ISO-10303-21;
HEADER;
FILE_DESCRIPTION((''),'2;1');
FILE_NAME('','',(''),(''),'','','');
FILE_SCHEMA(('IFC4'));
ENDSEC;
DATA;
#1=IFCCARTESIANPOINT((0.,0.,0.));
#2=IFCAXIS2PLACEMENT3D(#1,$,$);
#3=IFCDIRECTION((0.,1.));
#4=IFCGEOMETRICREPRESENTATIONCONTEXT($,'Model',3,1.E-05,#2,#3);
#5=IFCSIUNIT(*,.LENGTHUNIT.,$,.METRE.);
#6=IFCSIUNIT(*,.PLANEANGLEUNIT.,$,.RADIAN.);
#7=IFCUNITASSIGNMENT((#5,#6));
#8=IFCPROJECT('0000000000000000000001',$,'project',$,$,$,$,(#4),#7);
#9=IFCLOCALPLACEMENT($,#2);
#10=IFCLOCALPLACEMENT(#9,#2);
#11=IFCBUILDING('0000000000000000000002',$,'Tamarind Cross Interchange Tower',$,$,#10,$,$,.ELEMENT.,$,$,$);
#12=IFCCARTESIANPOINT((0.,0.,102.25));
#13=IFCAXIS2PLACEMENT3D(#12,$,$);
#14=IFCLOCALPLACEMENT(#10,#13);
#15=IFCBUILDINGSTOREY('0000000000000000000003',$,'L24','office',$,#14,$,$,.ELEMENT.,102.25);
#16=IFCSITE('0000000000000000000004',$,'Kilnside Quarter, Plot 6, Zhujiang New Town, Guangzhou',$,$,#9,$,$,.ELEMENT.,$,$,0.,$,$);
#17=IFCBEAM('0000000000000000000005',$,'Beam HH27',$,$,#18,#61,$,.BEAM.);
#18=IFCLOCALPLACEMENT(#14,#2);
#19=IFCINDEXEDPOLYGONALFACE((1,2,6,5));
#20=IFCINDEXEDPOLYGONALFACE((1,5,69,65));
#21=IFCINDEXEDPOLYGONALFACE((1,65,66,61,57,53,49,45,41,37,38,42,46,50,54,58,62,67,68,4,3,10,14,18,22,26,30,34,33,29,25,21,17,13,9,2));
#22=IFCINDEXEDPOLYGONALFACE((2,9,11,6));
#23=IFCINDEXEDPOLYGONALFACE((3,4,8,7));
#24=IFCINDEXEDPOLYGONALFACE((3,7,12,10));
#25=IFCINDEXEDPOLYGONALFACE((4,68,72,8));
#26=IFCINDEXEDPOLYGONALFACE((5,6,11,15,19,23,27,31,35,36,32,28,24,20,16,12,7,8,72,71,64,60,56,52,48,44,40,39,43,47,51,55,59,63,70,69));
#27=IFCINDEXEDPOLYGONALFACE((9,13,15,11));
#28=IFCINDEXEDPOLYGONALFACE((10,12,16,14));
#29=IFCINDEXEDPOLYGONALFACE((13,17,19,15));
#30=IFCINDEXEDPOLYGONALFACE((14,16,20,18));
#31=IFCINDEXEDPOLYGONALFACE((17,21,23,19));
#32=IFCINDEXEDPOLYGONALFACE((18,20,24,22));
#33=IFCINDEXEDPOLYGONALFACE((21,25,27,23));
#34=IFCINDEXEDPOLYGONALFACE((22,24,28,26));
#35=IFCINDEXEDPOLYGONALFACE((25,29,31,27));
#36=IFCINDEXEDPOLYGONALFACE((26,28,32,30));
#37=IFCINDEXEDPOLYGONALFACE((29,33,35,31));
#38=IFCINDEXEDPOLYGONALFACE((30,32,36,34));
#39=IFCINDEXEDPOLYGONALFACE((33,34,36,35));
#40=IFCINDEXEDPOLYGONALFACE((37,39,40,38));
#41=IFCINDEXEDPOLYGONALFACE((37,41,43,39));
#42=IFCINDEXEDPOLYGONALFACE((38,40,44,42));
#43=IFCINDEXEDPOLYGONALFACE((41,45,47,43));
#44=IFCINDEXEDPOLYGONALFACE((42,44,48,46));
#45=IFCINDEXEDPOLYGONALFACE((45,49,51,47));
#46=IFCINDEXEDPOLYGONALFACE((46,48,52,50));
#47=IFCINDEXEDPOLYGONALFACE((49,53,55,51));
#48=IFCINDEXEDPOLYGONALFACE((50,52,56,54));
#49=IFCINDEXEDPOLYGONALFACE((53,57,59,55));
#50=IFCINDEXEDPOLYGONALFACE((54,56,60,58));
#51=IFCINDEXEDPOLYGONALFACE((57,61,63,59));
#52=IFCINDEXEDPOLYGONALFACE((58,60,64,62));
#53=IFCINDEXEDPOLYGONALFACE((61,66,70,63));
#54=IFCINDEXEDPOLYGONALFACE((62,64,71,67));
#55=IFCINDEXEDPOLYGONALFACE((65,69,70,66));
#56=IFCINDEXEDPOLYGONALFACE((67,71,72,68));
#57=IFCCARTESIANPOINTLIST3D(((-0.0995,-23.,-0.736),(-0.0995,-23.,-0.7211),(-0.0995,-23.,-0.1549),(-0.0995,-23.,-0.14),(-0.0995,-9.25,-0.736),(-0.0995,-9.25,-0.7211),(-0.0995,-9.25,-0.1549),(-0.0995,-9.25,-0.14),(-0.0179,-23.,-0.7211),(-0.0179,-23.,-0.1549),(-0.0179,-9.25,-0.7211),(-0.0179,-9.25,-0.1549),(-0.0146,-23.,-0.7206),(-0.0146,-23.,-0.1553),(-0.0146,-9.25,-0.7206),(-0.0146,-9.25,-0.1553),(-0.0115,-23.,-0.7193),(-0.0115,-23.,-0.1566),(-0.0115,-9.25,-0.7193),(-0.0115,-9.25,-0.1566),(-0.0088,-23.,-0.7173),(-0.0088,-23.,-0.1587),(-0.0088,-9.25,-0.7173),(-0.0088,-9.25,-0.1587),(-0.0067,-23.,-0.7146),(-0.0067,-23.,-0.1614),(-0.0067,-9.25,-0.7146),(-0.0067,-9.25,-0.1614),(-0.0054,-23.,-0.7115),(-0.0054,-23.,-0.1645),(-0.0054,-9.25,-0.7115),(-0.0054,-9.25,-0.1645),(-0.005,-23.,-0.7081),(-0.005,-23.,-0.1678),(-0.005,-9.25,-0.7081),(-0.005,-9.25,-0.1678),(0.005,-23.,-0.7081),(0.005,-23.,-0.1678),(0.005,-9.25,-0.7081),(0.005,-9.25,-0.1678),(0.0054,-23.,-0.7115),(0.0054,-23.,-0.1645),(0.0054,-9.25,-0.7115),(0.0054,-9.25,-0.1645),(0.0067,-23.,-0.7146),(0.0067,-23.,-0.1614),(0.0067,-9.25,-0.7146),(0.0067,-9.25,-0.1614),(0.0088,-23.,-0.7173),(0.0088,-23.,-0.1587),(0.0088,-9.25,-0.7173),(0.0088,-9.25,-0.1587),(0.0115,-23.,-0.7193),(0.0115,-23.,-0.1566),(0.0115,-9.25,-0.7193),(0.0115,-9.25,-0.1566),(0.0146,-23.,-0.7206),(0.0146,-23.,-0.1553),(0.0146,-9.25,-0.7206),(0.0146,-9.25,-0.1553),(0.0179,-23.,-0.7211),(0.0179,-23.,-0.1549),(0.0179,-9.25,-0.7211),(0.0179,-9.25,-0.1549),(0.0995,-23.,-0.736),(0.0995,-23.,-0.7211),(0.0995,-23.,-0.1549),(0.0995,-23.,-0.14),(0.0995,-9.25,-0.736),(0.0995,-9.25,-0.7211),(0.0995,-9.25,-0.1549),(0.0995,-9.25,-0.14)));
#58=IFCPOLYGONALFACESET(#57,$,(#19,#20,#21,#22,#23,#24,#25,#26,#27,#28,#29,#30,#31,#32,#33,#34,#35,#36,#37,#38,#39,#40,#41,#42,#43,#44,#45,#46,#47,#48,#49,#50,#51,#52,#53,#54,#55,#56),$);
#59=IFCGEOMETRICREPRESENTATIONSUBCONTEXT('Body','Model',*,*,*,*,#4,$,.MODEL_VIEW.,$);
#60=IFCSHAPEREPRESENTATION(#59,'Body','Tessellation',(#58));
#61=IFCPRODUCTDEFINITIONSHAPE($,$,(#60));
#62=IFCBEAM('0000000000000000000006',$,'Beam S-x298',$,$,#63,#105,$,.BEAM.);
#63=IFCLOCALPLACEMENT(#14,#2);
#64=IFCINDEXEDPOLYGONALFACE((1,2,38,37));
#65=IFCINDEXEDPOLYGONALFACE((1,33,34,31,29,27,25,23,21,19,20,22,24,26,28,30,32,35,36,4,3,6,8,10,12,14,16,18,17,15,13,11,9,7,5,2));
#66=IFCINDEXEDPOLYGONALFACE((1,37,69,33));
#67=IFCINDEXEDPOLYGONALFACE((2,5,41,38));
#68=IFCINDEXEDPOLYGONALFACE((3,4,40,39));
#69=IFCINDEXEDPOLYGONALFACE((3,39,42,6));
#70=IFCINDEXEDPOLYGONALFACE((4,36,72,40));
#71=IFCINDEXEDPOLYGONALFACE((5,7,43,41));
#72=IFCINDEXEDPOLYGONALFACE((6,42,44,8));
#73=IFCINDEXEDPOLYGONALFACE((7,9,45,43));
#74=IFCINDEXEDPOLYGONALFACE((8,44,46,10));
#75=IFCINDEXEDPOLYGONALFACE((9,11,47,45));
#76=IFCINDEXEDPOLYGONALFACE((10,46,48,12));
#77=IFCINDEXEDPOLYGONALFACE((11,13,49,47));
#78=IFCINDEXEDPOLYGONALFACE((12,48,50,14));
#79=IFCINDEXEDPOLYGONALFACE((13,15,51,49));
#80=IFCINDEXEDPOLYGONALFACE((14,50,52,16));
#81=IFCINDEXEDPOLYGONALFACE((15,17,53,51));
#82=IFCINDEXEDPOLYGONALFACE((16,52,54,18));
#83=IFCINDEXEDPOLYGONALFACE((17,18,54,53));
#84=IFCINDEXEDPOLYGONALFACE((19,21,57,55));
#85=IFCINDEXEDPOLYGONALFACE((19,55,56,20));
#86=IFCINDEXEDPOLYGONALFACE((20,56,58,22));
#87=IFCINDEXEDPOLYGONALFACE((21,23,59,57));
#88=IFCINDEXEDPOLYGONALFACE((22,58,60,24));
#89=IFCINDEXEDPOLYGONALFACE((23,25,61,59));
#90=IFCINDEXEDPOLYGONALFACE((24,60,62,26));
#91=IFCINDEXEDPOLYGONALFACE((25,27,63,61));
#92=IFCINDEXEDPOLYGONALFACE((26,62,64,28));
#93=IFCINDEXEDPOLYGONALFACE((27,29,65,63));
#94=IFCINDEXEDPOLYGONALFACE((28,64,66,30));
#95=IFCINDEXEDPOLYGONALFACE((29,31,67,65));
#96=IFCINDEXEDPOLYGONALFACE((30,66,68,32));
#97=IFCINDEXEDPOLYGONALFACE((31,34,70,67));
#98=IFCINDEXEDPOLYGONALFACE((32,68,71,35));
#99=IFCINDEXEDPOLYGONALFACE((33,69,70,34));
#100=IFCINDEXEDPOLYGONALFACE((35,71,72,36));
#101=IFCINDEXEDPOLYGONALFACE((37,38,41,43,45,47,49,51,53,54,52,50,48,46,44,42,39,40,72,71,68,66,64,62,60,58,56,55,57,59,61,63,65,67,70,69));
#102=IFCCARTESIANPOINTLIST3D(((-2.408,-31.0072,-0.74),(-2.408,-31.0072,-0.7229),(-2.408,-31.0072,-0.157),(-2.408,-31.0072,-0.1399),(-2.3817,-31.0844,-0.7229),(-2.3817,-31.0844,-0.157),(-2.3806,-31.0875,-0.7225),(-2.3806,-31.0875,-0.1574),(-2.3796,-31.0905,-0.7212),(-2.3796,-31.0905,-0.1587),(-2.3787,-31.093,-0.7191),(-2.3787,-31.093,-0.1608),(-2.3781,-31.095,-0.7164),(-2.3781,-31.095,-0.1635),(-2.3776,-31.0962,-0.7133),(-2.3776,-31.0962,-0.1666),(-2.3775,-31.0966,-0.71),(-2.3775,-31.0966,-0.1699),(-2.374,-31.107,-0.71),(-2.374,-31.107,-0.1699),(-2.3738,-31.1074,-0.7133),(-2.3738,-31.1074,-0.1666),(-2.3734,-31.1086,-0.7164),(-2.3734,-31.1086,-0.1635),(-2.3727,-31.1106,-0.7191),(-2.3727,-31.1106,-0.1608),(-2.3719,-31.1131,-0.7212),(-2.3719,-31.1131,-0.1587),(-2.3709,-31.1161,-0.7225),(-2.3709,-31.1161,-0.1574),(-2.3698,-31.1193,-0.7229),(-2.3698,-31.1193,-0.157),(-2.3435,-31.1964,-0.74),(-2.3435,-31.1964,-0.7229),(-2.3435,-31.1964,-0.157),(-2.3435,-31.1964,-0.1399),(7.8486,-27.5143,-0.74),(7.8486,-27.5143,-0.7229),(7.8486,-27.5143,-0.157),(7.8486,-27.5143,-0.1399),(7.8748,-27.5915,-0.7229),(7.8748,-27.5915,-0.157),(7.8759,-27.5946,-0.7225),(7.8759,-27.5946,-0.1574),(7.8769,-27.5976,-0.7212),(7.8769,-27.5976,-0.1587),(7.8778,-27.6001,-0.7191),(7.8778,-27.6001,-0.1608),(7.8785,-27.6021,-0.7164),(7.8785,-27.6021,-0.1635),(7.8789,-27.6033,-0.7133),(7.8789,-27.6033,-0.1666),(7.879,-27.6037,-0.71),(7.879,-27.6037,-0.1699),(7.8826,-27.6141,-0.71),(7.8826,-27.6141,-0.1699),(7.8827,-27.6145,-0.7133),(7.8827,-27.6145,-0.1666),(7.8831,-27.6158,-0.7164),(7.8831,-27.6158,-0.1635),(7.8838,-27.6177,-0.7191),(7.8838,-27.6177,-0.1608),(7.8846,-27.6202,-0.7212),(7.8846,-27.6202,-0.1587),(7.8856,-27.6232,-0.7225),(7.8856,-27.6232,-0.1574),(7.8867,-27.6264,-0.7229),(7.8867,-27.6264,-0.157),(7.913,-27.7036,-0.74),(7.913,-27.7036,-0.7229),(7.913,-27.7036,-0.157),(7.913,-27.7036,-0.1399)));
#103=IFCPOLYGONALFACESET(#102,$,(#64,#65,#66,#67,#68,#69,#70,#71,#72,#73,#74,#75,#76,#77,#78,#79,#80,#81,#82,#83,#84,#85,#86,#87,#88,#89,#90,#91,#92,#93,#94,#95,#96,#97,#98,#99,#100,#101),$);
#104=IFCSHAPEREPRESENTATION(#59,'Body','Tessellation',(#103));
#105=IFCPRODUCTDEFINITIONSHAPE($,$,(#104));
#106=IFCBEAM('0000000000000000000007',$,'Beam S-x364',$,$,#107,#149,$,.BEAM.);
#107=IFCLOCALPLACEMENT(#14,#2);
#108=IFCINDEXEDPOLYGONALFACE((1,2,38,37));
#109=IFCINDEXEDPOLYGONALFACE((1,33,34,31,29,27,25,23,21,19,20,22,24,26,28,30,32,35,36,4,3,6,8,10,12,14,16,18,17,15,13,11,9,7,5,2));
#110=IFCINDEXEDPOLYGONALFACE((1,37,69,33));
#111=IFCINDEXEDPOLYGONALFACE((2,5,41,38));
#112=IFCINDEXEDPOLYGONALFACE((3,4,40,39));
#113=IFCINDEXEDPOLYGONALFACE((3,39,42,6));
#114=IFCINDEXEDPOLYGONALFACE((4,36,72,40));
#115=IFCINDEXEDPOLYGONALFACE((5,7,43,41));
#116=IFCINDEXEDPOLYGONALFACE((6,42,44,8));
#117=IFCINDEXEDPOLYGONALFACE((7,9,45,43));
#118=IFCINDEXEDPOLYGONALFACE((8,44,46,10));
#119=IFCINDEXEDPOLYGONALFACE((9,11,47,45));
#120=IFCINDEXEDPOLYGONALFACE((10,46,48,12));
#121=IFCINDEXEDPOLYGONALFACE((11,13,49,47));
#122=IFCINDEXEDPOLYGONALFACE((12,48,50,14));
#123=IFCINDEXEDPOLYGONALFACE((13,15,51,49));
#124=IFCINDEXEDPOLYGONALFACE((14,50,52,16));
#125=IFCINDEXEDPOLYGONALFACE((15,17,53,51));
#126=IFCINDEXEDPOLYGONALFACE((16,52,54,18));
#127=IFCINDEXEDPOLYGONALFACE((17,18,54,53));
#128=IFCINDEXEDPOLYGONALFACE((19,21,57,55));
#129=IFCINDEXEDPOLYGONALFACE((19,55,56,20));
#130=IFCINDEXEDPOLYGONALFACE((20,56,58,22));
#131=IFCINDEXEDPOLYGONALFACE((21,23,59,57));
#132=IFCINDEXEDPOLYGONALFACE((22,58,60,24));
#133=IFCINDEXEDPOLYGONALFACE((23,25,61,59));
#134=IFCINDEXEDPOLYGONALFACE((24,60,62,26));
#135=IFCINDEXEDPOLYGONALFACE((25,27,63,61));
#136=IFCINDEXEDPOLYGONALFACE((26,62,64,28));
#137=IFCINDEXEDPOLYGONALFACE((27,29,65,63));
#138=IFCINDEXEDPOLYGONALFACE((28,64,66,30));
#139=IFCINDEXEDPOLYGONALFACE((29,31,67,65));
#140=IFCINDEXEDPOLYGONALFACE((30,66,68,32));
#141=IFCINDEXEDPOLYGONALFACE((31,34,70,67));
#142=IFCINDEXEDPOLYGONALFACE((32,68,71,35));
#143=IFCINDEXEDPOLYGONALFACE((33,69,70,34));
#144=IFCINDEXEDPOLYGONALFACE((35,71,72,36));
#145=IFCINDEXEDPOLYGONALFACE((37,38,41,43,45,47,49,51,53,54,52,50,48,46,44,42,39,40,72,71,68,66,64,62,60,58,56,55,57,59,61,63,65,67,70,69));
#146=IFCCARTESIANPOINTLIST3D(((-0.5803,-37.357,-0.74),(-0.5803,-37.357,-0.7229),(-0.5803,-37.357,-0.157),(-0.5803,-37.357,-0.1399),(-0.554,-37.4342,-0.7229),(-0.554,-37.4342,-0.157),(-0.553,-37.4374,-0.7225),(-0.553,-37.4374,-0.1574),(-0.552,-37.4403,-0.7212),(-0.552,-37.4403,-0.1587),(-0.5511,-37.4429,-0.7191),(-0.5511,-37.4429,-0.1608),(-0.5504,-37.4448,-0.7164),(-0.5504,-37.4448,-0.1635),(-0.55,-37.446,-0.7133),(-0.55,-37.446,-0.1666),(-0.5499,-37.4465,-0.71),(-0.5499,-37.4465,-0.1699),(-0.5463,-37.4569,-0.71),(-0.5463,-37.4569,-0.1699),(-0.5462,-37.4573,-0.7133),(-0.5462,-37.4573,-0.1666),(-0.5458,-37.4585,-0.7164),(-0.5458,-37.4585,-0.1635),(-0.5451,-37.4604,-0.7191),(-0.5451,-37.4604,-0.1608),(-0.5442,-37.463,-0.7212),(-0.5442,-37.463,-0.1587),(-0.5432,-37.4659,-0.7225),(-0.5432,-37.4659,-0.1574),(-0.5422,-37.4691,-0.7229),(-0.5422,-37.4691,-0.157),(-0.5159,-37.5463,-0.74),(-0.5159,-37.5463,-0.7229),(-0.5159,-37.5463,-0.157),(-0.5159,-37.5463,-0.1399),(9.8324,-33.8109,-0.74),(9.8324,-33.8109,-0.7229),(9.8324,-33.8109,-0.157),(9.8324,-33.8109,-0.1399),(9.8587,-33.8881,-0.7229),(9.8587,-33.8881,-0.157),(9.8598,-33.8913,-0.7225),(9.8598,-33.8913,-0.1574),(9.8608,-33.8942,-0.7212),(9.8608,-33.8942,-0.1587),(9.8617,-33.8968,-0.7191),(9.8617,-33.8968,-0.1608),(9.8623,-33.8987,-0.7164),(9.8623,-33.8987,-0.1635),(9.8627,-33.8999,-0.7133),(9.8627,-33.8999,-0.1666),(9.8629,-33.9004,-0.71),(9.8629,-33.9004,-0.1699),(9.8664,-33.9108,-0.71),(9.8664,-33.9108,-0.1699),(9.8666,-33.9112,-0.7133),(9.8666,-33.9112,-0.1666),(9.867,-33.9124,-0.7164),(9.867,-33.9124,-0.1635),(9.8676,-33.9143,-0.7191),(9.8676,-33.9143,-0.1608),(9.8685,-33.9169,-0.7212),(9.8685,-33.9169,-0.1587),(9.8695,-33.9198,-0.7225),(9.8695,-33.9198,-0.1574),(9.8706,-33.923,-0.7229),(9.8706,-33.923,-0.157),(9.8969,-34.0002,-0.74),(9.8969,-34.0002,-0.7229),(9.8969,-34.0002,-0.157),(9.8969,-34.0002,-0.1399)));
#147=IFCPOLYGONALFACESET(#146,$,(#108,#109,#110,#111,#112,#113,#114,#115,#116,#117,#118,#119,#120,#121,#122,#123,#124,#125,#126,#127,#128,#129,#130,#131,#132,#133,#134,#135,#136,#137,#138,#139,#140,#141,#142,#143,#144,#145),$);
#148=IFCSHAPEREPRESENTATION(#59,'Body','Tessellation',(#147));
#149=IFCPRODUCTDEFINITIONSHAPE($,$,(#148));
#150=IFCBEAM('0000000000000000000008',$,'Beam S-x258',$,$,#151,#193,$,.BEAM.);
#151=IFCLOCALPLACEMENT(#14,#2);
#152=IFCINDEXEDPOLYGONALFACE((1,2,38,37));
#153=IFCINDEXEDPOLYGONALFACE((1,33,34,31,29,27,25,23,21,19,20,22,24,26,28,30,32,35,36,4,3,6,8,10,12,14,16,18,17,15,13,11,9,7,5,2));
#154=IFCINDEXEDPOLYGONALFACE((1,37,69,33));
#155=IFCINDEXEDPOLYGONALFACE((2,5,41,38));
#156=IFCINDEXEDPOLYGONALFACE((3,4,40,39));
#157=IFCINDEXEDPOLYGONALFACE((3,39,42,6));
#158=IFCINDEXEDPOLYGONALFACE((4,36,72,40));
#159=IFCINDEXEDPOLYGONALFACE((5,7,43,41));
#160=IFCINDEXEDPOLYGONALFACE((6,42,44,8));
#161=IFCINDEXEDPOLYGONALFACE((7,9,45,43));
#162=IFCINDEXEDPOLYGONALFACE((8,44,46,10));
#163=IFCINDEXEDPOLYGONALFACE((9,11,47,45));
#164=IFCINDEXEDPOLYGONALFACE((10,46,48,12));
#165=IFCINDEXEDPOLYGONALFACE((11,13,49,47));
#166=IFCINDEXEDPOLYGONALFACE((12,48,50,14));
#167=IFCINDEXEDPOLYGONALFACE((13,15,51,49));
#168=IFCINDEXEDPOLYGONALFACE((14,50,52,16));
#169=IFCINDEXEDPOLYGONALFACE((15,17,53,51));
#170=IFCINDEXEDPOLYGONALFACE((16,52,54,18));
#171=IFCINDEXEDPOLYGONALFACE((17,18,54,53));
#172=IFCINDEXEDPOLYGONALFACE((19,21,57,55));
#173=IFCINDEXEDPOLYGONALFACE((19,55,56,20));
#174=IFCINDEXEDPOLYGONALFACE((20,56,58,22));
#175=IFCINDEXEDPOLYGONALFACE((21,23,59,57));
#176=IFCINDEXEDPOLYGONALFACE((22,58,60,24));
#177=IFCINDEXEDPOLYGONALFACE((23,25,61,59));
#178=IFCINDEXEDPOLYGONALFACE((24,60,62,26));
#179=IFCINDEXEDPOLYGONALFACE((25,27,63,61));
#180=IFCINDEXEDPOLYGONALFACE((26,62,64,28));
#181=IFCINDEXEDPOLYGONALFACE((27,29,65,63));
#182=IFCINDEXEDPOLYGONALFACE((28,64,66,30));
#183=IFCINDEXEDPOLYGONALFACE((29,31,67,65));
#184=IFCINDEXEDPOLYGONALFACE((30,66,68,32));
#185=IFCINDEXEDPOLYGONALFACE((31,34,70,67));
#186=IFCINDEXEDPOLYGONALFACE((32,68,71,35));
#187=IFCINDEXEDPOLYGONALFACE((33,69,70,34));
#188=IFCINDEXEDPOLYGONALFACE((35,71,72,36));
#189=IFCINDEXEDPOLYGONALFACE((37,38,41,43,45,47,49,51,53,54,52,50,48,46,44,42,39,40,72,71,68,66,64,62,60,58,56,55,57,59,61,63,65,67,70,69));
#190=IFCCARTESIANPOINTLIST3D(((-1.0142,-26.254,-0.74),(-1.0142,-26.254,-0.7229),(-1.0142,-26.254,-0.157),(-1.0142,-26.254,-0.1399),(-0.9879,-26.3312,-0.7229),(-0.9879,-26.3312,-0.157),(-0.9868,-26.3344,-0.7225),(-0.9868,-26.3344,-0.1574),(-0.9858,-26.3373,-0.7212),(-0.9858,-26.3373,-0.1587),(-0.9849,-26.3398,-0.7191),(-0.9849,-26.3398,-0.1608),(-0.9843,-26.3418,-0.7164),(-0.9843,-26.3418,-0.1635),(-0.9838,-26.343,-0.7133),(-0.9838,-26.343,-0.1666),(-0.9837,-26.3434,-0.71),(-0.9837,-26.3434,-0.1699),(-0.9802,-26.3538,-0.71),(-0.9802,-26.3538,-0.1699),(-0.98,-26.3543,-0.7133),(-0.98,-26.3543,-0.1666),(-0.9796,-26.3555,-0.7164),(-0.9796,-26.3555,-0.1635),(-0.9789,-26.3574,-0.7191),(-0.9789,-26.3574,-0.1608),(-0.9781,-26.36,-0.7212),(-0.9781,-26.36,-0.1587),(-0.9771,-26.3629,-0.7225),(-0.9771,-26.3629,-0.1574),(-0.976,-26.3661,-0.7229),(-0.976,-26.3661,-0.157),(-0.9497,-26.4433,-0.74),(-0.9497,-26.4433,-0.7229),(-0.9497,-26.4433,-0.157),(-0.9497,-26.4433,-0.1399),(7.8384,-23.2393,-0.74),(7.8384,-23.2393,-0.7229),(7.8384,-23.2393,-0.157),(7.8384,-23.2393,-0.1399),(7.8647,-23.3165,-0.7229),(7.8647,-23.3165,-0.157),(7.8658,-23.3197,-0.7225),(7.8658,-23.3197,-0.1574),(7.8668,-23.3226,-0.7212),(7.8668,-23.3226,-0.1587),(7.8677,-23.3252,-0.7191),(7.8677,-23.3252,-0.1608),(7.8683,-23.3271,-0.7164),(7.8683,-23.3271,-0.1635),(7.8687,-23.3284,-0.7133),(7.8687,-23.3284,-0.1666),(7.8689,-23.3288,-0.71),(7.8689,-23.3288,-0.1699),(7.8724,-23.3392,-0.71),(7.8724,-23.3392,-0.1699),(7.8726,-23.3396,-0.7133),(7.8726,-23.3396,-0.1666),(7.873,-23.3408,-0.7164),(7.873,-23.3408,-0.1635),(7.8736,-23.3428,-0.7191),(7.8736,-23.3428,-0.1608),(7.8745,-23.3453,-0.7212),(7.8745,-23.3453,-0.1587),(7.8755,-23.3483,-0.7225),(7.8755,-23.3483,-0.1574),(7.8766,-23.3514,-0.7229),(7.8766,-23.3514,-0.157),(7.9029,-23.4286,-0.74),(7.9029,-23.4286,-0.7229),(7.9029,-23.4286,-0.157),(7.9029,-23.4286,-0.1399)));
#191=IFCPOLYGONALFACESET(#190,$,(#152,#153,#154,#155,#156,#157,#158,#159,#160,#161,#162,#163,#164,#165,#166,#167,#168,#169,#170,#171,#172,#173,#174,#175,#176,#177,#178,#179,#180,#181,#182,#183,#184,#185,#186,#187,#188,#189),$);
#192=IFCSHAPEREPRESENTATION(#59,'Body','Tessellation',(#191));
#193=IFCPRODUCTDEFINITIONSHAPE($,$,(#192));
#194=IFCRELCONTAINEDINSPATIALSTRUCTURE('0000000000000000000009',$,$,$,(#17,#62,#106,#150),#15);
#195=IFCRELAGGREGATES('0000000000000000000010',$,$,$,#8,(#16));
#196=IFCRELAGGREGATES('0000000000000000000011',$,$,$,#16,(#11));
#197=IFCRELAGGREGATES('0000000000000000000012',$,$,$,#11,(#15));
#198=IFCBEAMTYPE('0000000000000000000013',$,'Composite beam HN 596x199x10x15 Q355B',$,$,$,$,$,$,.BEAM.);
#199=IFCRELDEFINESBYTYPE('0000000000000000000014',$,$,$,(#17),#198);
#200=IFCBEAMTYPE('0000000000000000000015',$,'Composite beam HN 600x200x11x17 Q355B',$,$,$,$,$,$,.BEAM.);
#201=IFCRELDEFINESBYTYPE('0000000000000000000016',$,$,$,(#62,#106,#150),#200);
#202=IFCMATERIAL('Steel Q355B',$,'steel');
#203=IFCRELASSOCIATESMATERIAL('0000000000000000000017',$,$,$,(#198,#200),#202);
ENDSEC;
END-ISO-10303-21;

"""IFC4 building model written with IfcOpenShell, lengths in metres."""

from ifc_helpers import new_model, si_unit, direction, frame, origin, origin_2d, place, context, subcontext, project, spatial, i_section, extrude, material, material_profile, profile_set, type_object, element, save


model = new_model("IFC4")

# Units and contexts
model_context = context("Model", 3, precision=1e-05, world=origin(), true_north=direction((0.0, 1.0)))
body_context = subcontext(model_context, "Body", "Model", "MODEL_VIEW")
ifc_project = project(units=[si_unit("LENGTHUNIT", "METRE"), si_unit("PLANEANGLEUNIT", "RADIAN")], contexts=[model_context])

# Site, building, storey
site_placement = place(None, origin())
site = spatial("IfcSite", under=ifc_project, at=site_placement, Name="Kilnside Quarter, Plot 6, Zhujiang New Town, Guangzhou", CompositionType="ELEMENT", RefElevation=0.0)
building_placement = place(site_placement, origin())
building = spatial("IfcBuilding", under=site, at=building_placement, Name="Tamarind Cross Interchange Tower", CompositionType="ELEMENT")
storey_placement = place(building_placement, frame((0.0, 0.0, 102.25)))
storey = spatial("IfcBuildingStorey", under=building, at=storey_placement, Name="L24", Description="office", CompositionType="ELEMENT", Elevation=102.25)

# Beams
ifc_material_1 = material(Name="Steel Q355B", Category="steel")
ifc_material_profile_1 = material_profile(ifc_material_1, i_section(OverallWidth=0.199, OverallDepth=0.5959, WebThickness=0.01, FlangeThickness=0.0149, FilletRadius=0.0129, at=origin_2d()), Name="HN 596x199x10x15")
ifc_profile_set_1 = profile_set([ifc_material_profile_1], Name="Steel Q355B")
beam_type_1 = type_object("IfcBeamType", Name="Composite beam HN 596x199x10x15 Q355B", PredefinedType="BEAM", material=ifc_profile_set_1)
beam_1_placement = place(storey_placement, frame((0.0, -23.0, -0.438), z_axis=(0.0, 1.0, 0.0), x_axis=(-1.0, 0.0, 0.0)))
element("IfcBeam", 1, at=beam_1_placement, inside=storey, type_object=beam_type_1, Name="Beam HH27", PredefinedType="BEAM", context=body_context, shape_type="SweptSolid", body=[
    extrude(i_section(OverallWidth=0.199, OverallDepth=0.5959, WebThickness=0.01, FlangeThickness=0.0149, FilletRadius=0.0129, at=origin_2d()), origin(), (0.0, 0.0, 1.0), 13.75),
])
ifc_material_profile_2 = material_profile(ifc_material_1, i_section(OverallWidth=0.2, OverallDepth=0.6001, WebThickness=0.011, FlangeThickness=0.0171, FilletRadius=0.0129, at=origin_2d()), Name="HN 600x200x11x17")
ifc_profile_set_2 = profile_set([ifc_material_profile_2], Name="Steel Q355B")
beam_type_2 = type_object("IfcBeamType", Name="Composite beam HN 600x200x11x17 Q355B", PredefinedType="BEAM", material=ifc_profile_set_2)
beam_2_placement = place(storey_placement, frame((-2.3757, -31.1018, -0.4399), z_axis=(0.946613, 0.322372, 0.0), x_axis=(-0.322372, 0.946613, 0.0)))
element("IfcBeam", 2, at=beam_2_placement, inside=storey, type_object=beam_type_2, Name="Beam S-x298", PredefinedType="BEAM", context=body_context, shape_type="SweptSolid", body=[
    extrude(i_section(OverallWidth=0.2, OverallDepth=0.6001, WebThickness=0.011, FlangeThickness=0.0171, FilletRadius=0.0129, at=origin_2d()), origin(), (0.0, 0.0, 1.0), 10.835),
])
beam_3_placement = place(storey_placement, frame((-0.5481, -37.4517, -0.4399), z_axis=(0.946613, 0.322373, 0.0), x_axis=(-0.322373, 0.946613, 0.0)))
element("IfcBeam", 3, at=beam_3_placement, inside=storey, type_object=beam_type_2, Name="Beam S-x364", PredefinedType="BEAM", context=body_context, shape_type="SweptSolid", body=[
    extrude(i_section(OverallWidth=0.2, OverallDepth=0.6001, WebThickness=0.011, FlangeThickness=0.0171, FilletRadius=0.0129, at=origin_2d()), origin(), (0.0, 0.0, 1.0), 11.0),
])
beam_4_placement = place(storey_placement, frame((-0.9819, -26.3486, -0.4399), z_axis=(0.946617, 0.322361, 0.0), x_axis=(-0.322361, 0.946617, 0.0)))
element("IfcBeam", 4, at=beam_4_placement, inside=storey, type_object=beam_type_2, Name="Beam S-x258", PredefinedType="BEAM", context=body_context, shape_type="SweptSolid", body=[
    extrude(i_section(OverallWidth=0.2, OverallDepth=0.6001, WebThickness=0.011, FlangeThickness=0.0171, FilletRadius=0.0129, at=origin_2d()), origin(), (0.0, 0.0, 1.0), 9.3518),
])

save(model, "model.ifc")
